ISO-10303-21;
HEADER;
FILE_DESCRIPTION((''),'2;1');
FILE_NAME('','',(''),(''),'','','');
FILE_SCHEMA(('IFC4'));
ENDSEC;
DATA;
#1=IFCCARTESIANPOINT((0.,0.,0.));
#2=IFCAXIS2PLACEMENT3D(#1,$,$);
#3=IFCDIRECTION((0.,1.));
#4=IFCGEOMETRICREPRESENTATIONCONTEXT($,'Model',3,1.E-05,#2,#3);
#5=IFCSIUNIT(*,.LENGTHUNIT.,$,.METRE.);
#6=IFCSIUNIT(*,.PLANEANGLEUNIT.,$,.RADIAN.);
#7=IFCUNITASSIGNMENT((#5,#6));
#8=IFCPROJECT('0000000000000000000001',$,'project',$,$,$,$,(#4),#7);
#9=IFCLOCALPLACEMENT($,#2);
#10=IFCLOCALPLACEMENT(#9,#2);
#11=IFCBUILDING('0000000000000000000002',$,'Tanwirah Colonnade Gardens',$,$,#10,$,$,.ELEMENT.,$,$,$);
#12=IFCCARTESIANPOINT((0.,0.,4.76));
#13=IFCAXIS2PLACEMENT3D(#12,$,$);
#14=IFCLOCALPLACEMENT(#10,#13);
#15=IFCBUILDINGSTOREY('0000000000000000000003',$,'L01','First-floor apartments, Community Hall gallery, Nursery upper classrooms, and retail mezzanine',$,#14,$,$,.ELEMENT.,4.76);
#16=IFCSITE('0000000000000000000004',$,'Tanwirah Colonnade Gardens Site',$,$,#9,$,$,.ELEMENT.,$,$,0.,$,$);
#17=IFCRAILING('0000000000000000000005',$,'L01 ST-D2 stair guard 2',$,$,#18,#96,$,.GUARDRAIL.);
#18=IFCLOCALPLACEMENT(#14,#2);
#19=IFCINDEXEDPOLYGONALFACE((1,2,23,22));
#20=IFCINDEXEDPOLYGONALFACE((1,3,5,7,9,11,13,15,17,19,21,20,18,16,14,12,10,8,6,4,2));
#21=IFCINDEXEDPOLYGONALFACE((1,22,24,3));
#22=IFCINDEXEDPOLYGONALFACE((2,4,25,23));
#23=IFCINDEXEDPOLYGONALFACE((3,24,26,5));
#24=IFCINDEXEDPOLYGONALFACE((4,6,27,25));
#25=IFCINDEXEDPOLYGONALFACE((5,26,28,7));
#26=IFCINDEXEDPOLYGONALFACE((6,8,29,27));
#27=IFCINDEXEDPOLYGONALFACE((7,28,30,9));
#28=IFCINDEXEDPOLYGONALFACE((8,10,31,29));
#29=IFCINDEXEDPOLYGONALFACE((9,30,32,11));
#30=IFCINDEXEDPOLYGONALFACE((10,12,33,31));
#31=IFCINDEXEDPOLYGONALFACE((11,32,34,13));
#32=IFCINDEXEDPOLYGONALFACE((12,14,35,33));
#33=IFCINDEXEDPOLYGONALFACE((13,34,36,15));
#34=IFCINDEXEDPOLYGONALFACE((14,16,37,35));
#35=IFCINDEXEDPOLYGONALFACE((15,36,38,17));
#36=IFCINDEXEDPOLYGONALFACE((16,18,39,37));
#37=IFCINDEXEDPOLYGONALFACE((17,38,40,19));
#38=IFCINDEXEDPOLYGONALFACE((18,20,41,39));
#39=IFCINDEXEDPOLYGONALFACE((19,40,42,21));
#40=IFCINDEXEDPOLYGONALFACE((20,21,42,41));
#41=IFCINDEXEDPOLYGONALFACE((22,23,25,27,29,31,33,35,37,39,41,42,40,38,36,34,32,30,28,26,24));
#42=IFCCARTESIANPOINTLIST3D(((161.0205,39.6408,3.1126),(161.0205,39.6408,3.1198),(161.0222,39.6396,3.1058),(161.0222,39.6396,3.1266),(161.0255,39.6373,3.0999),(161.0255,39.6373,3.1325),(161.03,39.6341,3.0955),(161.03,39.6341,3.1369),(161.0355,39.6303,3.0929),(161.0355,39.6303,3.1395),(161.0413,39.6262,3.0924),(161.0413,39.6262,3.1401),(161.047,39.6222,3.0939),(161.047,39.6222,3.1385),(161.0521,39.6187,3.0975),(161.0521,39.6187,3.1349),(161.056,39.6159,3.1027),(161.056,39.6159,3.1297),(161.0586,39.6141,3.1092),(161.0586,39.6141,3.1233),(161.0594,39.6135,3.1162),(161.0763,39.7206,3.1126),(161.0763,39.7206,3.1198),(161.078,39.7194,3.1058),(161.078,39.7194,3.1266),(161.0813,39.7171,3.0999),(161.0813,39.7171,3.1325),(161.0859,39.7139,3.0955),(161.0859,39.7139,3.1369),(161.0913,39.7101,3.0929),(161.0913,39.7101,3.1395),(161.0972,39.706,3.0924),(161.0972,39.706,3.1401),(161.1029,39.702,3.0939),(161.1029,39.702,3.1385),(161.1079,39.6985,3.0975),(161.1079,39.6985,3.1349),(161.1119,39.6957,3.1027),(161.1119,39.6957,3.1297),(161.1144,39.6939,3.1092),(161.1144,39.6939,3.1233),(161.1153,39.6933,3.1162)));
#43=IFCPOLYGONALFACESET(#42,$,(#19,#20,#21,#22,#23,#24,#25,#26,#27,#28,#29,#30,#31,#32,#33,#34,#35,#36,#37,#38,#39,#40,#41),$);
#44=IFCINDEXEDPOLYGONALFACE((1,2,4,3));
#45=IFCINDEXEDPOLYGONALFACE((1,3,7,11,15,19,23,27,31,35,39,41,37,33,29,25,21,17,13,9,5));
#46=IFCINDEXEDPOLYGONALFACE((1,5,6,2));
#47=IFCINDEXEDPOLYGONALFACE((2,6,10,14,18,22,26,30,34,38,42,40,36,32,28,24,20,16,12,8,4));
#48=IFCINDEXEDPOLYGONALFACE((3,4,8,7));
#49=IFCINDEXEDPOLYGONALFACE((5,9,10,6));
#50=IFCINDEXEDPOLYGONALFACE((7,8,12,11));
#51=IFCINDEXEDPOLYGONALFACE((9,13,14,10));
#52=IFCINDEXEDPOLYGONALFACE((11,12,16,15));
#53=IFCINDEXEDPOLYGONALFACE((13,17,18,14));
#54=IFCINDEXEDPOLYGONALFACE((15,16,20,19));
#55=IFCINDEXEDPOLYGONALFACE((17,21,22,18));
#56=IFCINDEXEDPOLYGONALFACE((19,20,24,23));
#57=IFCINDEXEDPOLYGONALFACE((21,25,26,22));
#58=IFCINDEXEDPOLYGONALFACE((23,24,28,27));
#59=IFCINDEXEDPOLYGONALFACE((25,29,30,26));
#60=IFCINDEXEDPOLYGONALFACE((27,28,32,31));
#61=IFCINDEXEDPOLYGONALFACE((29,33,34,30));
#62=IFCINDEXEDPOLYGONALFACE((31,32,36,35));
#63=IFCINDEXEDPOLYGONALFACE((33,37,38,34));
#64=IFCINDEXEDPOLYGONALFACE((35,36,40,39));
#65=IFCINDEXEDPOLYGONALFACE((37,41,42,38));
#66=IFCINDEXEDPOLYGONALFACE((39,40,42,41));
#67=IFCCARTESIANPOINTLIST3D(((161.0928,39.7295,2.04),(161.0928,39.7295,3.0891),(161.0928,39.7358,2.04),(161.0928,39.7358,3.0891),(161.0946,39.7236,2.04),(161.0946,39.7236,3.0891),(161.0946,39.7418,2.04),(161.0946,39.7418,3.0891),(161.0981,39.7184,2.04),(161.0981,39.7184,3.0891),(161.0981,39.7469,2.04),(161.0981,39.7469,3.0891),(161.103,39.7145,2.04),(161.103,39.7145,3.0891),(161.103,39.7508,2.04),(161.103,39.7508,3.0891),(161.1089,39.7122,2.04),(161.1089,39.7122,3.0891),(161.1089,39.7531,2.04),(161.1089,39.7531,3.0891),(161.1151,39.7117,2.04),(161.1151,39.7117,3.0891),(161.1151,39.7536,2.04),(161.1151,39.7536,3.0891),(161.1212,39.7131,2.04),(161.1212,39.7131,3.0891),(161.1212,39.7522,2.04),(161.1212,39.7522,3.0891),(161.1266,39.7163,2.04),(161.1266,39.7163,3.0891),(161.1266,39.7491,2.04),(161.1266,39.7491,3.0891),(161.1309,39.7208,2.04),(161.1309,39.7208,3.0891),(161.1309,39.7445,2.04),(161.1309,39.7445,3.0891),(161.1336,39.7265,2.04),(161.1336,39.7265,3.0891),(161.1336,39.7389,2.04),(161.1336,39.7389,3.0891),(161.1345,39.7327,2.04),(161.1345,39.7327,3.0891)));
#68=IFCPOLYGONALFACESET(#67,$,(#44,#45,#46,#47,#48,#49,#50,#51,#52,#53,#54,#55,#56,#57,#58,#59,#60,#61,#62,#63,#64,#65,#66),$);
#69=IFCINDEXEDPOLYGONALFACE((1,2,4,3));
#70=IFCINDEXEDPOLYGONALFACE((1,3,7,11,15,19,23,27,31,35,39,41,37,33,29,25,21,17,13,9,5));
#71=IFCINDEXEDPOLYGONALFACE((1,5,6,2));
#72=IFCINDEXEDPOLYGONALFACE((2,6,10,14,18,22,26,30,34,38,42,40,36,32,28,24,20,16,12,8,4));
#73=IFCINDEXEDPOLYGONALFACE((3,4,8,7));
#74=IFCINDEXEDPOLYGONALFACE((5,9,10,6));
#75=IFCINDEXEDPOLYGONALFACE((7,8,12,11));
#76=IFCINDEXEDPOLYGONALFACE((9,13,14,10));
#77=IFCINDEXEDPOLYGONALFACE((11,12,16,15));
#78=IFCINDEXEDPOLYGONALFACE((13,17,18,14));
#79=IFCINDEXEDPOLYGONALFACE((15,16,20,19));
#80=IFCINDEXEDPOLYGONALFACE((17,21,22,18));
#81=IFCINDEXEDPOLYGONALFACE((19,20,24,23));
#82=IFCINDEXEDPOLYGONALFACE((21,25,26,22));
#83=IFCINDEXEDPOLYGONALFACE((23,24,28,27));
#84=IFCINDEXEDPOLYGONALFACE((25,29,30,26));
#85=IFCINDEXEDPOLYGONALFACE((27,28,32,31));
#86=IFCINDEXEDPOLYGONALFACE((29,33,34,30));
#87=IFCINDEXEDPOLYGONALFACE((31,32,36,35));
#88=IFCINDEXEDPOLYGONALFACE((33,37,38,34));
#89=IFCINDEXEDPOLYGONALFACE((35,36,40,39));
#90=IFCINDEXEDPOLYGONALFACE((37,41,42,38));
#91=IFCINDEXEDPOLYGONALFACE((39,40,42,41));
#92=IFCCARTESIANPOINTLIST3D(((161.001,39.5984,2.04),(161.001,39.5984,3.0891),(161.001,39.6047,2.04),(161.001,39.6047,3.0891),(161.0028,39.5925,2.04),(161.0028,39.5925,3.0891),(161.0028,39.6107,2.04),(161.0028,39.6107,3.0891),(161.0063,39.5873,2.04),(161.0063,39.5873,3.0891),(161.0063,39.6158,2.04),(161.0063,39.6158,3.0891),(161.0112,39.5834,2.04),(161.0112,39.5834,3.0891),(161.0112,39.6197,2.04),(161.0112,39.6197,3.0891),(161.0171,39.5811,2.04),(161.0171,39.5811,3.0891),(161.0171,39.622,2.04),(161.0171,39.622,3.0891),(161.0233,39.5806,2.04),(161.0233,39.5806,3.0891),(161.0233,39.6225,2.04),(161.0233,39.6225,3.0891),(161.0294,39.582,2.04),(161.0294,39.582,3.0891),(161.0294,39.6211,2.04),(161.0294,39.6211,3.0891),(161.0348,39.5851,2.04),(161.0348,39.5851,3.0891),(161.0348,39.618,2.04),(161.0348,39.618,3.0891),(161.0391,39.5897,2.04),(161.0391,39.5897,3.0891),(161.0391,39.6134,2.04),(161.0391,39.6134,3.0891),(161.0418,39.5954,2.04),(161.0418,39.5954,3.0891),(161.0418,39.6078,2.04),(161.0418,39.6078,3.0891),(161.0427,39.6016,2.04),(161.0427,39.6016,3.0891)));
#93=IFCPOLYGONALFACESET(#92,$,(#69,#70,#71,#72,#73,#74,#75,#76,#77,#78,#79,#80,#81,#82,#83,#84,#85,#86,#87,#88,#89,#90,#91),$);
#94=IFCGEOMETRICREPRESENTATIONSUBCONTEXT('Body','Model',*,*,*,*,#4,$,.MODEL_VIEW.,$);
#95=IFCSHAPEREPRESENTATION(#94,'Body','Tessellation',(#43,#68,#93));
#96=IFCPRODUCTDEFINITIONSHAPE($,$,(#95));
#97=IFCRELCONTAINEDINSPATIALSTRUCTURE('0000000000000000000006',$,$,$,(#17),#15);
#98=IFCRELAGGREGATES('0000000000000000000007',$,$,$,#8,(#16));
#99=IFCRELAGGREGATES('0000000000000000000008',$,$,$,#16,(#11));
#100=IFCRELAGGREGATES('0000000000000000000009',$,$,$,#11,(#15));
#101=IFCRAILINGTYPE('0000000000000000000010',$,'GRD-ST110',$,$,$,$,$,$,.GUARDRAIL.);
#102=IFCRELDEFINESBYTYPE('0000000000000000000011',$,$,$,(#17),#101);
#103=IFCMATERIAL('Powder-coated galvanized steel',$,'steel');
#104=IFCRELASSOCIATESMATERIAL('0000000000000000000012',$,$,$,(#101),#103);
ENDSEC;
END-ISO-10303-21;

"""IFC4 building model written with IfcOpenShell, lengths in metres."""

from ifc_helpers import new_model, si_unit, direction, frame, origin, origin_2d, place, context, subcontext, project, spatial, circle, extrude, material, type_object, element, save


model = new_model("IFC4")

# Units and contexts
model_context = context("Model", 3, precision=1e-05, world=origin(), true_north=direction((0.0, 1.0)))
body_context = subcontext(model_context, "Body", "Model", "MODEL_VIEW")
ifc_project = project(units=[si_unit("LENGTHUNIT", "METRE"), si_unit("PLANEANGLEUNIT", "RADIAN")], contexts=[model_context])

# Site, building, storey
site_placement = place(None, origin())
site = spatial("IfcSite", under=ifc_project, at=site_placement, Name="Tanwirah Colonnade Gardens Site", CompositionType="ELEMENT", RefElevation=0.0)
building_placement = place(site_placement, origin())
building = spatial("IfcBuilding", under=site, at=building_placement, Name="Tanwirah Colonnade Gardens", CompositionType="ELEMENT")
storey_placement = place(building_placement, frame((0.0, 0.0, 4.76)))
storey = spatial("IfcBuildingStorey", under=building, at=storey_placement, Name="L01", Description="First-floor apartments, Community Hall gallery, Nursery upper classrooms, and retail mezzanine", CompositionType="ELEMENT", Elevation=4.76)

# Railing
ifc_material_1 = material(Name="Powder-coated galvanized steel", Category="steel")
railing_type_1 = type_object("IfcRailingType", Name="GRD-ST110", PredefinedType="GUARDRAIL", material=ifc_material_1)
railing_1_placement = place(storey_placement, frame((161.1135, 39.7327, 2.04)))
element("IfcRailing", 1, at=railing_1_placement, inside=storey, type_object=railing_type_1, Name="L01 ST-D2 stair guard 2", PredefinedType="GUARDRAIL", context=body_context, shape_type="SweptSolid", body=[
    extrude(circle(Radius=0.0239, at=origin_2d()), frame((-0.0178, -0.0256, 1.0762), z_axis=(-0.573565, -0.81916, 0.0), x_axis=(0.81916, -0.573565, 0.0)), (0.0, 0.0, 1.0), 0.0974),
    extrude(circle(Radius=0.021, at=origin_2d()), origin(), (0.0, 0.0, 1.0), 1.0491),
    extrude(circle(Radius=0.021, at=origin_2d()), frame((-0.0918, -0.1311, 0.0)), (0.0, 0.0, 1.0), 1.0491),
])

save(model, "model.ifc")
